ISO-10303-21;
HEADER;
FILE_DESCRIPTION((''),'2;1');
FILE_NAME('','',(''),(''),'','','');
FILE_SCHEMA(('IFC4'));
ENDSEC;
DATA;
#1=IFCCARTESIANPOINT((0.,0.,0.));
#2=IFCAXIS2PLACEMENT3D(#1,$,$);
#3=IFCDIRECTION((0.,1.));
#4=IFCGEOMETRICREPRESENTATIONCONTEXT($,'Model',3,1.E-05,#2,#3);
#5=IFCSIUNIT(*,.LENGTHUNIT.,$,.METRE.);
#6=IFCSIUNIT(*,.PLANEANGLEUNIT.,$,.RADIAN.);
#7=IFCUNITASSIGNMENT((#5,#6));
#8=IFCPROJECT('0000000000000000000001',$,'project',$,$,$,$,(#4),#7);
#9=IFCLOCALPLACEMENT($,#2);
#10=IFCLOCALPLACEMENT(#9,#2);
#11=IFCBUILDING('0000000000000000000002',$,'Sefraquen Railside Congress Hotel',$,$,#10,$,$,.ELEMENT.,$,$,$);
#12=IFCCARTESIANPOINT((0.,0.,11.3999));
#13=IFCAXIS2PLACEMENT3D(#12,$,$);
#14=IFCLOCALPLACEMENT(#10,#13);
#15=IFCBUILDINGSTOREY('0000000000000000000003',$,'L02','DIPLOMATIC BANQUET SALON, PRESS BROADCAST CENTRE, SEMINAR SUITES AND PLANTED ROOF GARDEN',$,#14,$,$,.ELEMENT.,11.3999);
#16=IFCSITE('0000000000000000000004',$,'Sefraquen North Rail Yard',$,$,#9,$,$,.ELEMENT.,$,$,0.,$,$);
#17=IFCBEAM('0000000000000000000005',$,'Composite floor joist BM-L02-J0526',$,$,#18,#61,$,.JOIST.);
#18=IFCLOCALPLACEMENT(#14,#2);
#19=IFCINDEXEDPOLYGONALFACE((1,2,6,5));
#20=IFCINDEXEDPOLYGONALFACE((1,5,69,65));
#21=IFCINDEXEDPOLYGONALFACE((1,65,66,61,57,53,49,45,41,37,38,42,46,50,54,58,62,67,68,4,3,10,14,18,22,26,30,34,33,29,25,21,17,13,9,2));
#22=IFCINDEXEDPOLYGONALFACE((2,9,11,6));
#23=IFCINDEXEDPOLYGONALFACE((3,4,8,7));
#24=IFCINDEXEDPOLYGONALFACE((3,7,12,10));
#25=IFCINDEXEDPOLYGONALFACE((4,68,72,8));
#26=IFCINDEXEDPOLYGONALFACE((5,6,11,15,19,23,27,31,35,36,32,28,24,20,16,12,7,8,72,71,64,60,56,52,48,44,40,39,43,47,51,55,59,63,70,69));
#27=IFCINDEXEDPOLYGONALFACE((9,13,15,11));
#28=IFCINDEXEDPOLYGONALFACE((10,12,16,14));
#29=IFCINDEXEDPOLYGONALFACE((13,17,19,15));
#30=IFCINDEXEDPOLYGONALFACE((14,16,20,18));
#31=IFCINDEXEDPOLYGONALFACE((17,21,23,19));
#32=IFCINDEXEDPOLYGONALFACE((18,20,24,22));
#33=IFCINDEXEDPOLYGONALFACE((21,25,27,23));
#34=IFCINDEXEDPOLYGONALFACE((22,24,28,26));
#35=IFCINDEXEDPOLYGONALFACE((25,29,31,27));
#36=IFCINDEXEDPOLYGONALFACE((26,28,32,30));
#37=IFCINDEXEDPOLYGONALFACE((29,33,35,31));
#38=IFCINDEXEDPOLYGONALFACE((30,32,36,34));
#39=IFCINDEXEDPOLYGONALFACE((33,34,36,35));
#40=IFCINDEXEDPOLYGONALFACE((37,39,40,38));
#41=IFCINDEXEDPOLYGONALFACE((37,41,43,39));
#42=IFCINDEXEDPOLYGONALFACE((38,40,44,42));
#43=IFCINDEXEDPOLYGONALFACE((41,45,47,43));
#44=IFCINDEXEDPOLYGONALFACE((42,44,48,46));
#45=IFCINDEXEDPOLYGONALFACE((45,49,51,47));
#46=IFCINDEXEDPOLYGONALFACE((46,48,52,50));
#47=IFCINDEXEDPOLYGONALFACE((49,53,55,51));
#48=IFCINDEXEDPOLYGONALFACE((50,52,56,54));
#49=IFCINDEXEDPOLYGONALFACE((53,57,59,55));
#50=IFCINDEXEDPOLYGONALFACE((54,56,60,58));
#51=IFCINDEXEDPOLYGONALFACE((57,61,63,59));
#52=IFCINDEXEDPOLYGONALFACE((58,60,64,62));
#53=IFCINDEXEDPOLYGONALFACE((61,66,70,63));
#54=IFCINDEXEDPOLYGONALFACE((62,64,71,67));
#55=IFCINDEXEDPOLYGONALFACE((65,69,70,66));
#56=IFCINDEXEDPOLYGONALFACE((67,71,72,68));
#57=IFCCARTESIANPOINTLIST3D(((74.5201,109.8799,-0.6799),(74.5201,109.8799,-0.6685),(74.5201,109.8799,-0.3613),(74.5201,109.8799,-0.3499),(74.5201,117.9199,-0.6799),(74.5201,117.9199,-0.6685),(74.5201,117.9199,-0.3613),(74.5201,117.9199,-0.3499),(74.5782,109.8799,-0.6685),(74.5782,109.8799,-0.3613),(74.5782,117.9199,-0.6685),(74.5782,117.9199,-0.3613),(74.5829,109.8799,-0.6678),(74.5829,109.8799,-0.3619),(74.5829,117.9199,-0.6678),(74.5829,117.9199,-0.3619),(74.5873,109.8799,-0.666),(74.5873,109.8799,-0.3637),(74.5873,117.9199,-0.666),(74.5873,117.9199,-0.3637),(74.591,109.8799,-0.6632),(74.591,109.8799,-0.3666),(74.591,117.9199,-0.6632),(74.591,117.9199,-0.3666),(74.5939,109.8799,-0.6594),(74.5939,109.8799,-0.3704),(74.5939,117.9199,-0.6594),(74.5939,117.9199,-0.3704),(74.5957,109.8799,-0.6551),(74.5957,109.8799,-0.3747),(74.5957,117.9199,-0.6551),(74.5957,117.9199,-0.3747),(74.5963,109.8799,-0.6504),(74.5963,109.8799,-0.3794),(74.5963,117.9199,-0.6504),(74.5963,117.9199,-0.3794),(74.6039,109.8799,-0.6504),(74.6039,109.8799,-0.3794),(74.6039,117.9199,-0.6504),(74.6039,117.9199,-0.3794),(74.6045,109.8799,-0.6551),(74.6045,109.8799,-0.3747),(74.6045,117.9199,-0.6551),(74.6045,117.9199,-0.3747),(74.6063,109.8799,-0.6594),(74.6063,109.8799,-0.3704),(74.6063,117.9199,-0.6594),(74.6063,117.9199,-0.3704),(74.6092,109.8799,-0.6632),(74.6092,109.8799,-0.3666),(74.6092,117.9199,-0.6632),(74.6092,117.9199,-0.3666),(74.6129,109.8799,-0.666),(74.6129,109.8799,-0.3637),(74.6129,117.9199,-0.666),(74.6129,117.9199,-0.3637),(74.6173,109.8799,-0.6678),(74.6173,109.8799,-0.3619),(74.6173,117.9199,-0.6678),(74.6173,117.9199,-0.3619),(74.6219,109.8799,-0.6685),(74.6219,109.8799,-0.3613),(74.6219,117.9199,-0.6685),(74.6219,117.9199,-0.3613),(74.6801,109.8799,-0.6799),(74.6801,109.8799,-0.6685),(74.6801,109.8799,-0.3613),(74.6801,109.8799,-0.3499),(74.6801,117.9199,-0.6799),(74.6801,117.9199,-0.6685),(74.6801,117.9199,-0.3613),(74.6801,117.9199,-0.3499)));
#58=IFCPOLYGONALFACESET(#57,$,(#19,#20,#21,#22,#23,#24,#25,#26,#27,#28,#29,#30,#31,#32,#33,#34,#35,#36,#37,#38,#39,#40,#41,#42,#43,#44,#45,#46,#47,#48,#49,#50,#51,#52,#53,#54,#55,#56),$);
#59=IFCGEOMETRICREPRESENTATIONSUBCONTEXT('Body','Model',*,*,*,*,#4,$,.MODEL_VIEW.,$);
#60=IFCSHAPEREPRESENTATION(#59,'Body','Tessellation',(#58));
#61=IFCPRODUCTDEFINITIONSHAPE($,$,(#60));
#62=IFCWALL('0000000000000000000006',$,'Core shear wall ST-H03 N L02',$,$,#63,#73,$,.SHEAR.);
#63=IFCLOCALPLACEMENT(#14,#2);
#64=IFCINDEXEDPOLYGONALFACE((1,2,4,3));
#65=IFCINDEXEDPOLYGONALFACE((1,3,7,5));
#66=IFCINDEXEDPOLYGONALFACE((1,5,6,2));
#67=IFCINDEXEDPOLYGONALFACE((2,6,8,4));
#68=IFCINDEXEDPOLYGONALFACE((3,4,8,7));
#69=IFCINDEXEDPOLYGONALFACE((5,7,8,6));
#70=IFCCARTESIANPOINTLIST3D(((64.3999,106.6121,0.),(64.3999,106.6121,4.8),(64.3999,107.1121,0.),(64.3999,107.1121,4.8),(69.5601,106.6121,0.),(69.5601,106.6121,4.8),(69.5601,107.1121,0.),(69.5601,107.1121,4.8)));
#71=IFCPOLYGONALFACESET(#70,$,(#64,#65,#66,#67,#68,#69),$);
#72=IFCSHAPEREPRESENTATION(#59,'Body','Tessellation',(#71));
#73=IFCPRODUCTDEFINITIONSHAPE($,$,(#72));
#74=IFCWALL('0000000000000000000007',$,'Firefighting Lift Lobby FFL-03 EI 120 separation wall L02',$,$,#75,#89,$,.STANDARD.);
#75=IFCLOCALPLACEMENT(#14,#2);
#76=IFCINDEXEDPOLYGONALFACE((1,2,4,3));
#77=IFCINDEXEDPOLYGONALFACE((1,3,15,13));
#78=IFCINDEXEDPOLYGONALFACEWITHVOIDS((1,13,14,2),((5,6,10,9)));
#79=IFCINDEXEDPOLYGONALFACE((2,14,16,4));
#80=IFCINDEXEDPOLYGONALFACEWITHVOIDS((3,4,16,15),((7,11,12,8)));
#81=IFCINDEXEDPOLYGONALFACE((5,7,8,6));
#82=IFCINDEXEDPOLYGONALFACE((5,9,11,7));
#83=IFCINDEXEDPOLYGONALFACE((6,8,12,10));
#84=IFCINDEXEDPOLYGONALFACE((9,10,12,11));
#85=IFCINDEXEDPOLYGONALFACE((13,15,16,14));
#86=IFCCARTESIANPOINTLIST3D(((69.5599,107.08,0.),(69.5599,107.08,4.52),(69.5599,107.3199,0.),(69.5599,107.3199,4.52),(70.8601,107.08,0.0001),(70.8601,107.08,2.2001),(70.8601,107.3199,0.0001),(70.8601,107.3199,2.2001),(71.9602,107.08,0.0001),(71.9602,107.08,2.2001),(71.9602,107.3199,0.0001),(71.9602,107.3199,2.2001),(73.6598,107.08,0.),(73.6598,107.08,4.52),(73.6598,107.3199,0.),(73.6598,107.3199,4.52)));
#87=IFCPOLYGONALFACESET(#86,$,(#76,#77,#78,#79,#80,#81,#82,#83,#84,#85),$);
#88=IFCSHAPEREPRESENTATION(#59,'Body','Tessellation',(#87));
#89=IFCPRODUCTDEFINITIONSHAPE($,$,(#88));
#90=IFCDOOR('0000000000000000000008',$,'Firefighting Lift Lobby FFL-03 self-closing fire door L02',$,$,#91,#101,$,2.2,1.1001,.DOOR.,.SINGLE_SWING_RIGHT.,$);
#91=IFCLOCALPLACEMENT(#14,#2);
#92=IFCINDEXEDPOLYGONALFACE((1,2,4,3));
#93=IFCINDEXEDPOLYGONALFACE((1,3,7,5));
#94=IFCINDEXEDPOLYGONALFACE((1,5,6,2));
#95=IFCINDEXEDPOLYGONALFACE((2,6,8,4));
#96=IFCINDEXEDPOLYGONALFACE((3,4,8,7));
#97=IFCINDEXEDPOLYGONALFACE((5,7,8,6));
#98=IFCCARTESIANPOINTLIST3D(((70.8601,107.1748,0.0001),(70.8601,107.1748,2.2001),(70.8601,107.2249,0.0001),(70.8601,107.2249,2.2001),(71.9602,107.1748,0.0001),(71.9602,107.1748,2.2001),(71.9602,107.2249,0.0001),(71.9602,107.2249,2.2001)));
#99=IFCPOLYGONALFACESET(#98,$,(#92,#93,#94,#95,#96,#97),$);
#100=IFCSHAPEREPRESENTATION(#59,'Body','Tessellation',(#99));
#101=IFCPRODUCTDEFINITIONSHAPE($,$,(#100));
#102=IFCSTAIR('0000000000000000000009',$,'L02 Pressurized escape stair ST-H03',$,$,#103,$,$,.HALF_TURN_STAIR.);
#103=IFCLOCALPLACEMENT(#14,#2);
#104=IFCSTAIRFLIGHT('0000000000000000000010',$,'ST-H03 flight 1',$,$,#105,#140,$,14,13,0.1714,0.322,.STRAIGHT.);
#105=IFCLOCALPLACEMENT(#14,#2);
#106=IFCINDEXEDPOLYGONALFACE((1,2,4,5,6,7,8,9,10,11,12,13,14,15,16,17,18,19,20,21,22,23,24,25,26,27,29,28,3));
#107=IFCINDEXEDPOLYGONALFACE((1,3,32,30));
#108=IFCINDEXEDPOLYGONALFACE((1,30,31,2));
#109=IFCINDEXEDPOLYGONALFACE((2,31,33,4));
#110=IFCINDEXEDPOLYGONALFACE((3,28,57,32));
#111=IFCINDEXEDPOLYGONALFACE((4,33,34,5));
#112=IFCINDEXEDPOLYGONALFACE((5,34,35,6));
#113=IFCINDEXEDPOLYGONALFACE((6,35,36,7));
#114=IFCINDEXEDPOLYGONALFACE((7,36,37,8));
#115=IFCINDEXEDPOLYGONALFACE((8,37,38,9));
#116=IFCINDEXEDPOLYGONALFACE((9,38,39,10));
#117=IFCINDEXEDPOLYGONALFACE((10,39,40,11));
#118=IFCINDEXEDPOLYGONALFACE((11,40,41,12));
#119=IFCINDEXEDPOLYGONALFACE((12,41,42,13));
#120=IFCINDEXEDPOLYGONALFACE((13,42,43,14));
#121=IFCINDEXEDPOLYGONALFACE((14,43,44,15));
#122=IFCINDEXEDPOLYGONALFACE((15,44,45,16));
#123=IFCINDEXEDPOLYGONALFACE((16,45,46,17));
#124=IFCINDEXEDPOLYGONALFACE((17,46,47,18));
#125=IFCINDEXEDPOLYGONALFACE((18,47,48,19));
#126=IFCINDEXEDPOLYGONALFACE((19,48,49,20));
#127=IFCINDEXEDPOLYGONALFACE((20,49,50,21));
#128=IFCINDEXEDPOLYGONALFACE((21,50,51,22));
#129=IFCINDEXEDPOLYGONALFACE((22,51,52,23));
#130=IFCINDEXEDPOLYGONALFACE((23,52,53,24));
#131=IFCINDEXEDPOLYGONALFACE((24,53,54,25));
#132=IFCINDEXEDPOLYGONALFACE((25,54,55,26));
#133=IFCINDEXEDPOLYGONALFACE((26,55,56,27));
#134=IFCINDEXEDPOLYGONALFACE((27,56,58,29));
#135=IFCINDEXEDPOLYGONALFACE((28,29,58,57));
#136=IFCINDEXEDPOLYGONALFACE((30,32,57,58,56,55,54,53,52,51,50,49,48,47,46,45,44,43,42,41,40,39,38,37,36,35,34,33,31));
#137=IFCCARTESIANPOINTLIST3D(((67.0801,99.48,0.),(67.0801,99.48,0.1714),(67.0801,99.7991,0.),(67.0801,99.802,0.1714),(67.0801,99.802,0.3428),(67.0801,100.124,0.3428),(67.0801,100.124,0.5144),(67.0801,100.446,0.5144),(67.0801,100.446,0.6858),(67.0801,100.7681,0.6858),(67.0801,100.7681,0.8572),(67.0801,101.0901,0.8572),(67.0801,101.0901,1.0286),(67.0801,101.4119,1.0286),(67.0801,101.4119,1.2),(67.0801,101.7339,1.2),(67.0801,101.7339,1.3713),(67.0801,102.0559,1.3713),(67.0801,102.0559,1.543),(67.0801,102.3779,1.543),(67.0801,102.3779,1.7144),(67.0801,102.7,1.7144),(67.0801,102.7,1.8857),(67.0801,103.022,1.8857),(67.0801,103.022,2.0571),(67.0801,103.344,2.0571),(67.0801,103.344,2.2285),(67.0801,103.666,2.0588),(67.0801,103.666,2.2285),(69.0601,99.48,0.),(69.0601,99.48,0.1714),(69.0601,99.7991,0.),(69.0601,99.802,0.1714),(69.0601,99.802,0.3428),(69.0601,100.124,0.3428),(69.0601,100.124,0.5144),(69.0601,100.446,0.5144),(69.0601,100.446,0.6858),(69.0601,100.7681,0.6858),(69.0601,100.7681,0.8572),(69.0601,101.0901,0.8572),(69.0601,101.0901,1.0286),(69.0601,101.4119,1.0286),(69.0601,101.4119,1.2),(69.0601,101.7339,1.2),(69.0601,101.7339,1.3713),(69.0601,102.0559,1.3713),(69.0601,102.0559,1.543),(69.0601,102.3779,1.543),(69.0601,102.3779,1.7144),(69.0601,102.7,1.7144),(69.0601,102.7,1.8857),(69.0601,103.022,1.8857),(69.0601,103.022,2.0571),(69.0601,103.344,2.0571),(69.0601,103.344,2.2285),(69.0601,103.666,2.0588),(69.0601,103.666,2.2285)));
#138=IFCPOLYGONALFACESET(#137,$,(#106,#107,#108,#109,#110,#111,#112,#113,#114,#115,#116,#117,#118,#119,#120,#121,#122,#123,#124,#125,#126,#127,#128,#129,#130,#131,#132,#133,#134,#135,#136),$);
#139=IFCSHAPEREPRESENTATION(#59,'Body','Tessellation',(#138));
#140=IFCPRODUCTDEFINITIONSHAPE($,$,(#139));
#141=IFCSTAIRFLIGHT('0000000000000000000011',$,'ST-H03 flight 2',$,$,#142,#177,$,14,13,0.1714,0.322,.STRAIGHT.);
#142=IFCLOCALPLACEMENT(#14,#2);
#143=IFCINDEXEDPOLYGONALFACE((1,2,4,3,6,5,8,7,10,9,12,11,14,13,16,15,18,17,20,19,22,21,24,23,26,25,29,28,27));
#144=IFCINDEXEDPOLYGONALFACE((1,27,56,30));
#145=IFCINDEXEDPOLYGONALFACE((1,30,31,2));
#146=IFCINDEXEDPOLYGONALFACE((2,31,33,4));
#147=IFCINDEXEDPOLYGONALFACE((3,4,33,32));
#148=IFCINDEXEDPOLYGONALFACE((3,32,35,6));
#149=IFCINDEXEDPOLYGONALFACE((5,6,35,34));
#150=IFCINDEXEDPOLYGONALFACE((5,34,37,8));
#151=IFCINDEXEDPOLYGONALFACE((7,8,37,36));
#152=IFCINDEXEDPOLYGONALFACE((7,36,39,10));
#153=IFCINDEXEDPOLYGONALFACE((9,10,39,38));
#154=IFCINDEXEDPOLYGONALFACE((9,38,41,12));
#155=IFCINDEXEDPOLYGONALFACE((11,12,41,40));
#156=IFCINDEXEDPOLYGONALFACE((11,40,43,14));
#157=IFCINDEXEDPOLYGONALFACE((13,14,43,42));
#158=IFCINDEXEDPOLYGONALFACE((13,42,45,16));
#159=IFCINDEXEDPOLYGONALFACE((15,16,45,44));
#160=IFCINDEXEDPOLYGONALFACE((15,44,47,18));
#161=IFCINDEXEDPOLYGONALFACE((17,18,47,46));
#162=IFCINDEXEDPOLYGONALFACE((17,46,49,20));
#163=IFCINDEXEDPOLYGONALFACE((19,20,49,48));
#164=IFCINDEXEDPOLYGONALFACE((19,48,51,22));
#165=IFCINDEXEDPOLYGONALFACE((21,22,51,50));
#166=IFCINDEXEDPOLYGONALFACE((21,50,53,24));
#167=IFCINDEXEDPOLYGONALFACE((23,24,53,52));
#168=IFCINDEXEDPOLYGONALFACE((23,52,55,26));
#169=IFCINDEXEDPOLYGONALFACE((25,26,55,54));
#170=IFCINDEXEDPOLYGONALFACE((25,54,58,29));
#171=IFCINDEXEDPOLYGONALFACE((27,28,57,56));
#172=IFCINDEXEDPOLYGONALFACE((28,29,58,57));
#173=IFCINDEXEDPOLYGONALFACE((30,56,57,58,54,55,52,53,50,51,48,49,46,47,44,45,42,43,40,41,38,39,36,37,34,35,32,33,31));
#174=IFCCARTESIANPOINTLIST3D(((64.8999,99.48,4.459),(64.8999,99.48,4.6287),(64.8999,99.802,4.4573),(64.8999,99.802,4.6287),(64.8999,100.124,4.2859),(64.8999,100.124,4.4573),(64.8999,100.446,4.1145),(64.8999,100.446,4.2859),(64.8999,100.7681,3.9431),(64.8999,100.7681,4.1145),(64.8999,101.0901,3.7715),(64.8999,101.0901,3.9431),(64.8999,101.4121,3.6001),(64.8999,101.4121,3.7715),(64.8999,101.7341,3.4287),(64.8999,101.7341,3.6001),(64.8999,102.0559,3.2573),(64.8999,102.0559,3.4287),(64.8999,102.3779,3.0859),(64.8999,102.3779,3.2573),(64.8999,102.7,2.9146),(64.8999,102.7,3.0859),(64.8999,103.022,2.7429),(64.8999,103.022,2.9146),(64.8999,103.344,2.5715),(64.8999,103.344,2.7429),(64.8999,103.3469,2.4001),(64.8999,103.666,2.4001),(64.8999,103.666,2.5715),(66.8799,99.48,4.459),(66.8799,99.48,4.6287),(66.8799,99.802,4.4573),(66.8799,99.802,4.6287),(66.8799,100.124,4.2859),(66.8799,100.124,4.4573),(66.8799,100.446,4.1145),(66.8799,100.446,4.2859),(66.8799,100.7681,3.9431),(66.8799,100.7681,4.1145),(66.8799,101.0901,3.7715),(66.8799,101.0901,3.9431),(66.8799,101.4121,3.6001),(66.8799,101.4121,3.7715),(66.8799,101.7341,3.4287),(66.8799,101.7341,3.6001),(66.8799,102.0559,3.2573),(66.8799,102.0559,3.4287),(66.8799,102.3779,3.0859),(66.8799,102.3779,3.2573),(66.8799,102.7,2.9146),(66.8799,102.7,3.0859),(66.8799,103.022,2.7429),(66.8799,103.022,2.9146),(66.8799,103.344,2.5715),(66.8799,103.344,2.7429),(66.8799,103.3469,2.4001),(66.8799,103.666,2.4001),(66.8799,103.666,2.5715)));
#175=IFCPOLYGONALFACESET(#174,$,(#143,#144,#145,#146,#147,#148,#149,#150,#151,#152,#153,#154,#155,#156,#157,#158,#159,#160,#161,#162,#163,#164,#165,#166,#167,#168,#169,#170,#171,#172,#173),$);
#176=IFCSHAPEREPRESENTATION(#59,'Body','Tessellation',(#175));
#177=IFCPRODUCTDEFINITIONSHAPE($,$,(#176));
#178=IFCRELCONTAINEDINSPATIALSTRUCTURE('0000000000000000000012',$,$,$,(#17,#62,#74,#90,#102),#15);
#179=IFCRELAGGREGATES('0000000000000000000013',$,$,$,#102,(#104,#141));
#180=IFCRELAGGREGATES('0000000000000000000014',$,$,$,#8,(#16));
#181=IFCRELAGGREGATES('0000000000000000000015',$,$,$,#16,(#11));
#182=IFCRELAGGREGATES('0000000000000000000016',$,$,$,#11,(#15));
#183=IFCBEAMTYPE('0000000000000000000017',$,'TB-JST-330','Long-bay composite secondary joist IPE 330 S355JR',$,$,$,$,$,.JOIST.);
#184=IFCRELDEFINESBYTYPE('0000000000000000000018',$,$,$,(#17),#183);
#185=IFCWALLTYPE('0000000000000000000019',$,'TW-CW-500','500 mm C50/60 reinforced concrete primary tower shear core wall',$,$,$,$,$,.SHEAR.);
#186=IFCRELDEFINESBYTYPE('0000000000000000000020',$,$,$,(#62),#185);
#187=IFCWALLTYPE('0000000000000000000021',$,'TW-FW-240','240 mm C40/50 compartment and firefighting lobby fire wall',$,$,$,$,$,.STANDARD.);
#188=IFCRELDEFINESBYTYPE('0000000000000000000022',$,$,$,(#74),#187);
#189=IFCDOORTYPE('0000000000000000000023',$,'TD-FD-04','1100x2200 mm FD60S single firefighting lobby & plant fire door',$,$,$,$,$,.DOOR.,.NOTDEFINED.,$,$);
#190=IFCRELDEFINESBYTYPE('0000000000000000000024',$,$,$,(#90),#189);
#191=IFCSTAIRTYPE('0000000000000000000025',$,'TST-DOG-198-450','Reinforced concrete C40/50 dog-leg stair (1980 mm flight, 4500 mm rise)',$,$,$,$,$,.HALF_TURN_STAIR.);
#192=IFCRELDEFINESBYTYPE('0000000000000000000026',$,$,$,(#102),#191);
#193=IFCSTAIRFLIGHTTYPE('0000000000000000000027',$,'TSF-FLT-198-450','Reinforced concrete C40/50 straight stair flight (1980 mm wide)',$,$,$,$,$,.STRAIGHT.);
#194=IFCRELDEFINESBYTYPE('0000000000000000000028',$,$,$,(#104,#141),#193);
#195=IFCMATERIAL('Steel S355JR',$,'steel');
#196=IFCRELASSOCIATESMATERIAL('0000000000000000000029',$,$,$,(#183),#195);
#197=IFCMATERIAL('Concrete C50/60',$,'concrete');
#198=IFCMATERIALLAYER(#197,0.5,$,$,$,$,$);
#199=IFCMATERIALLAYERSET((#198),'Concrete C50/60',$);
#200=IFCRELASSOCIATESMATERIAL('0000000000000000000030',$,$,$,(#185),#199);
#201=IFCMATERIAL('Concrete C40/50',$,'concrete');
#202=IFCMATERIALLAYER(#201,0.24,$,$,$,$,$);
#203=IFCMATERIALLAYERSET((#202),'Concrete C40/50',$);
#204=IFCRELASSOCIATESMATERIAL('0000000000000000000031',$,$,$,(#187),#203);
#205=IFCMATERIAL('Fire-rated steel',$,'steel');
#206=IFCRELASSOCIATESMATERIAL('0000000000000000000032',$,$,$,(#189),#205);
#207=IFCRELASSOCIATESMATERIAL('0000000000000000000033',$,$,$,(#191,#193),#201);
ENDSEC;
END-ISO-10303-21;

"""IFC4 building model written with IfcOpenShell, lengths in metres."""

from ifc_helpers import new_model, si_unit, direction, frame, frame_2d, origin, origin_2d, place, context, subcontext, project, spatial, polyline, rectangle, i_section, outline, extrude, material, layer, layer_set, material_profile, profile_set, type_object, element, fill, aggregate, save


model = new_model("IFC4")

# Units and contexts
model_context = context("Model", 3, precision=1e-05, world=origin(), true_north=direction((0.0, 1.0)))
body_context = subcontext(model_context, "Body", "Model", "MODEL_VIEW")
ifc_project = project(units=[si_unit("LENGTHUNIT", "METRE"), si_unit("PLANEANGLEUNIT", "RADIAN")], contexts=[model_context])

# Site, building, storey
site_placement = place(None, origin())
site = spatial("IfcSite", under=ifc_project, at=site_placement, Name="Sefraquen North Rail Yard", CompositionType="ELEMENT", RefElevation=0.0)
building_placement = place(site_placement, origin())
building = spatial("IfcBuilding", under=site, at=building_placement, Name="Sefraquen Railside Congress Hotel", CompositionType="ELEMENT")
storey_placement = place(building_placement, frame((0.0, 0.0, 11.3999)))
storey = spatial("IfcBuildingStorey", under=building, at=storey_placement, Name="L02", Description="DIPLOMATIC BANQUET SALON, PRESS BROADCAST CENTRE, SEMINAR SUITES AND PLANTED ROOF GARDEN", CompositionType="ELEMENT", Elevation=11.3999)

# Shared definitions
ifc_material_1 = material(Name="Steel S355JR", Category="steel")

# Beam
ifc_material_profile_1 = material_profile(ifc_material_1, i_section(OverallWidth=0.1599, OverallDepth=0.3301, WebThickness=0.0076, FlangeThickness=0.0115, FilletRadius=0.0181, at=origin_2d()), Name="IPE 330")
ifc_profile_set_1 = profile_set([ifc_material_profile_1], Name="Steel S355JR")
beam_type_1 = type_object("IfcBeamType", Name="TB-JST-330", Description="Long-bay composite secondary joist IPE 330 S355JR", PredefinedType="JOIST", material=ifc_profile_set_1)
beam_1_placement = place(storey_placement, frame((74.6001, 109.8799, -0.5149), z_axis=(0.0, 1.0, 0.0), x_axis=(-1.0, 0.0, 0.0)))
element("IfcBeam", 1, at=beam_1_placement, inside=storey, type_object=beam_type_1, Name="Composite floor joist BM-L02-J0526", PredefinedType="JOIST", context=body_context, shape_type="SweptSolid", body=[
    extrude(i_section(OverallWidth=0.1599, OverallDepth=0.3301, WebThickness=0.0076, FlangeThickness=0.0115, FilletRadius=0.0181, at=origin_2d()), origin(), (0.0, 0.0, 1.0), 8.04),
])

# Wall
ifc_material_2 = material(Name="Concrete C50/60", Category="concrete")
ifc_layer_1 = layer(ifc_material_2, 0.5)
ifc_layer_set_1 = layer_set([ifc_layer_1], Name="Concrete C50/60")
wall_type_1 = type_object("IfcWallType", Name="TW-CW-500", Description="500 mm C50/60 reinforced concrete primary tower shear core wall", PredefinedType="SHEAR", material=ifc_layer_set_1)
wall_1_placement = place(storey_placement, frame((64.3999, 106.8621, 0.0), z_axis=(0.0, 0.0, 1.0), x_axis=(1.0, 0.0, 0.0)))
element("IfcWall", 2, at=wall_1_placement, inside=storey, type_object=wall_type_1, Name="Core shear wall ST-H03 N L02", PredefinedType="SHEAR", context=body_context, shape_type="SweptSolid", body=[
    extrude(rectangle(XDim=5.1602, YDim=0.5, at=frame_2d((2.5801, 0.0))), origin(), (0.0, 0.0, 1.0), 4.8),
])

# Wall, opening, door
ifc_material_3 = material(Name="Concrete C40/50", Category="concrete")
ifc_layer_2 = layer(ifc_material_3, 0.24)
ifc_layer_set_2 = layer_set([ifc_layer_2], Name="Concrete C40/50")
wall_type_2 = type_object("IfcWallType", Name="TW-FW-240", Description="240 mm C40/50 compartment and firefighting lobby fire wall", PredefinedType="STANDARD", material=ifc_layer_set_2)
wall_2_placement = place(storey_placement, frame((69.5601, 107.2, 0.0), z_axis=(0.0, 0.0, 1.0), x_axis=(1.0, 0.0, 0.0)))
wall_2 = element("IfcWall", 3, at=wall_2_placement, inside=storey, type_object=wall_type_2, Name="Firefighting Lift Lobby FFL-03 EI 120 separation wall L02", PredefinedType="STANDARD", context=body_context, shape_type="SweptSolid", body=[
    extrude(rectangle(XDim=4.0999, YDim=0.24, at=frame_2d((2.0498, 0.0))), origin(), (0.0, 0.0, 1.0), 4.52),
])
opening_placement = place(wall_2_placement, frame((1.3, 0.0, 0.0)))
opening = element("IfcOpeningElement", 4, at=opening_placement, cuts=wall_2, PredefinedType="OPENING", context=body_context, shape_type="SweptSolid", body=[
    extrude(rectangle(XDim=1.1001, YDim=2.2, at=frame_2d((0.55, 1.1001))), frame((0.0, 0.1299, 0.0), z_axis=(0.0, -1.0, 0.0), x_axis=(1.0, 0.0, 0.0)), (0.0, 0.0, 1.0), 0.26),
])
ifc_material_4 = material(Name="Fire-rated steel", Category="steel")
door_type = type_object("IfcDoorType", Name="TD-FD-04", Description="1100x2200 mm FD60S single firefighting lobby & plant fire door", OperationType="NOTDEFINED", PredefinedType="DOOR", material=ifc_material_4)
door_placement = place(opening_placement, origin())
door = element("IfcDoor", 5, at=door_placement, inside=storey, type_object=door_type, Name="Firefighting Lift Lobby FFL-03 self-closing fire door L02", OperationType="SINGLE_SWING_RIGHT", OverallHeight=2.2, OverallWidth=1.1001, PredefinedType="DOOR", context=body_context, shape_type="SweptSolid", body=[
    extrude(rectangle(XDim=1.1001, YDim=2.2, at=frame_2d((0.55, 1.1001))), frame((0.0, 0.0249, 0.0), z_axis=(0.0, -1.0, 0.0), x_axis=(1.0, 0.0, 0.0)), (0.0, 0.0, 1.0), 0.05),
])
fill(opening, door)

# Stair, stair flights
stair_type = type_object("IfcStairType", Name="TST-DOG-198-450", Description="Reinforced concrete C40/50 dog-leg stair (1980 mm flight, 4500 mm rise)", PredefinedType="HALF_TURN_STAIR", material=ifc_material_3)
stair_placement = place(storey_placement, origin())
stair = element("IfcStair", 6, at=stair_placement, inside=storey, type_object=stair_type, Name="L02 Pressurized escape stair ST-H03", PredefinedType="HALF_TURN_STAIR")
stair_flight_type = type_object("IfcStairFlightType", Name="TSF-FLT-198-450", Description="Reinforced concrete C40/50 straight stair flight (1980 mm wide)", PredefinedType="STRAIGHT", material=ifc_material_3)
stair_flight_1_placement = place(storey_placement, frame((68.0701, 99.48, 0.0), z_axis=(0.0, 0.0, 1.0), x_axis=(0.0, 1.0, 0.0)))
stair_flight_1 = element("IfcStairFlight", 7, at=stair_flight_1_placement, type_object=stair_flight_type, Name="ST-H03 flight 1", NumberOfRisers=14, NumberOfTreads=13, PredefinedType="STRAIGHT", RiserHeight=0.1714, TreadLength=0.322, context=body_context, shape_type="SweptSolid", body=[
    extrude(outline(polyline([(0.0, 0.0), (0.0, 0.1714), (0.322, 0.1714), (0.322, 0.3428), (0.644, 0.3428), (0.644, 0.5144), (0.9661, 0.5144), (0.9661, 0.6858), (1.2881, 0.6858), (1.2881, 0.8572), (1.6101, 0.8572), (1.6101, 1.0286), (1.9319, 1.0286), (1.9319, 1.2), (2.2539, 1.2), (2.2539, 1.3713), (2.5759, 1.3713), (2.5759, 1.543), (2.8979, 1.543), (2.8979, 1.7144), (3.22, 1.7144), (3.22, 1.8857), (3.542, 1.8857), (3.542, 2.0571), (3.864, 2.0571), (3.864, 2.2285), (4.186, 2.2285), (4.186, 2.3999), (4.186, 2.0588), (0.3191, 0.0), (0.0, 0.0)])), frame((0.0, 0.99, 0.0), z_axis=(0.0, -1.0, 0.0), x_axis=(1.0, 0.0, 0.0)), (0.0, 0.0, 1.0), 1.98),
])
stair_flight_2_placement = place(storey_placement, frame((65.8899, 103.666, 2.4001), z_axis=(0.0, 0.0, 1.0), x_axis=(0.0, -1.0, 0.0)))
stair_flight_2 = element("IfcStairFlight", 8, at=stair_flight_2_placement, type_object=stair_flight_type, Name="ST-H03 flight 2", NumberOfRisers=14, NumberOfTreads=13, PredefinedType="STRAIGHT", RiserHeight=0.1714, TreadLength=0.322, context=body_context, shape_type="SweptSolid", body=[
    extrude(outline(polyline([(0.0, 0.0), (0.0, 0.1714), (0.322, 0.1714), (0.322, 0.3428), (0.644, 0.3428), (0.644, 0.5144), (0.9661, 0.5144), (0.9661, 0.6858), (1.2881, 0.6858), (1.2881, 0.8572), (1.6101, 0.8572), (1.6101, 1.0286), (1.9319, 1.0286), (1.9319, 1.2), (2.2539, 1.2), (2.2539, 1.3713), (2.5759, 1.3713), (2.5759, 1.543), (2.8979, 1.543), (2.8979, 1.7144), (3.22, 1.7144), (3.22, 1.8857), (3.542, 1.8857), (3.542, 2.0571), (3.864, 2.0571), (3.864, 2.2285), (4.186, 2.2285), (4.186, 2.3999), (4.186, 2.0588), (0.3191, 0.0), (0.0, 0.0)])), frame((0.0, 0.99, 0.0), z_axis=(0.0, -1.0, 0.0), x_axis=(1.0, 0.0, 0.0)), (0.0, 0.0, 1.0), 1.98),
])
aggregate(stair, [stair_flight_1, stair_flight_2])

save(model, "model.ifc")
